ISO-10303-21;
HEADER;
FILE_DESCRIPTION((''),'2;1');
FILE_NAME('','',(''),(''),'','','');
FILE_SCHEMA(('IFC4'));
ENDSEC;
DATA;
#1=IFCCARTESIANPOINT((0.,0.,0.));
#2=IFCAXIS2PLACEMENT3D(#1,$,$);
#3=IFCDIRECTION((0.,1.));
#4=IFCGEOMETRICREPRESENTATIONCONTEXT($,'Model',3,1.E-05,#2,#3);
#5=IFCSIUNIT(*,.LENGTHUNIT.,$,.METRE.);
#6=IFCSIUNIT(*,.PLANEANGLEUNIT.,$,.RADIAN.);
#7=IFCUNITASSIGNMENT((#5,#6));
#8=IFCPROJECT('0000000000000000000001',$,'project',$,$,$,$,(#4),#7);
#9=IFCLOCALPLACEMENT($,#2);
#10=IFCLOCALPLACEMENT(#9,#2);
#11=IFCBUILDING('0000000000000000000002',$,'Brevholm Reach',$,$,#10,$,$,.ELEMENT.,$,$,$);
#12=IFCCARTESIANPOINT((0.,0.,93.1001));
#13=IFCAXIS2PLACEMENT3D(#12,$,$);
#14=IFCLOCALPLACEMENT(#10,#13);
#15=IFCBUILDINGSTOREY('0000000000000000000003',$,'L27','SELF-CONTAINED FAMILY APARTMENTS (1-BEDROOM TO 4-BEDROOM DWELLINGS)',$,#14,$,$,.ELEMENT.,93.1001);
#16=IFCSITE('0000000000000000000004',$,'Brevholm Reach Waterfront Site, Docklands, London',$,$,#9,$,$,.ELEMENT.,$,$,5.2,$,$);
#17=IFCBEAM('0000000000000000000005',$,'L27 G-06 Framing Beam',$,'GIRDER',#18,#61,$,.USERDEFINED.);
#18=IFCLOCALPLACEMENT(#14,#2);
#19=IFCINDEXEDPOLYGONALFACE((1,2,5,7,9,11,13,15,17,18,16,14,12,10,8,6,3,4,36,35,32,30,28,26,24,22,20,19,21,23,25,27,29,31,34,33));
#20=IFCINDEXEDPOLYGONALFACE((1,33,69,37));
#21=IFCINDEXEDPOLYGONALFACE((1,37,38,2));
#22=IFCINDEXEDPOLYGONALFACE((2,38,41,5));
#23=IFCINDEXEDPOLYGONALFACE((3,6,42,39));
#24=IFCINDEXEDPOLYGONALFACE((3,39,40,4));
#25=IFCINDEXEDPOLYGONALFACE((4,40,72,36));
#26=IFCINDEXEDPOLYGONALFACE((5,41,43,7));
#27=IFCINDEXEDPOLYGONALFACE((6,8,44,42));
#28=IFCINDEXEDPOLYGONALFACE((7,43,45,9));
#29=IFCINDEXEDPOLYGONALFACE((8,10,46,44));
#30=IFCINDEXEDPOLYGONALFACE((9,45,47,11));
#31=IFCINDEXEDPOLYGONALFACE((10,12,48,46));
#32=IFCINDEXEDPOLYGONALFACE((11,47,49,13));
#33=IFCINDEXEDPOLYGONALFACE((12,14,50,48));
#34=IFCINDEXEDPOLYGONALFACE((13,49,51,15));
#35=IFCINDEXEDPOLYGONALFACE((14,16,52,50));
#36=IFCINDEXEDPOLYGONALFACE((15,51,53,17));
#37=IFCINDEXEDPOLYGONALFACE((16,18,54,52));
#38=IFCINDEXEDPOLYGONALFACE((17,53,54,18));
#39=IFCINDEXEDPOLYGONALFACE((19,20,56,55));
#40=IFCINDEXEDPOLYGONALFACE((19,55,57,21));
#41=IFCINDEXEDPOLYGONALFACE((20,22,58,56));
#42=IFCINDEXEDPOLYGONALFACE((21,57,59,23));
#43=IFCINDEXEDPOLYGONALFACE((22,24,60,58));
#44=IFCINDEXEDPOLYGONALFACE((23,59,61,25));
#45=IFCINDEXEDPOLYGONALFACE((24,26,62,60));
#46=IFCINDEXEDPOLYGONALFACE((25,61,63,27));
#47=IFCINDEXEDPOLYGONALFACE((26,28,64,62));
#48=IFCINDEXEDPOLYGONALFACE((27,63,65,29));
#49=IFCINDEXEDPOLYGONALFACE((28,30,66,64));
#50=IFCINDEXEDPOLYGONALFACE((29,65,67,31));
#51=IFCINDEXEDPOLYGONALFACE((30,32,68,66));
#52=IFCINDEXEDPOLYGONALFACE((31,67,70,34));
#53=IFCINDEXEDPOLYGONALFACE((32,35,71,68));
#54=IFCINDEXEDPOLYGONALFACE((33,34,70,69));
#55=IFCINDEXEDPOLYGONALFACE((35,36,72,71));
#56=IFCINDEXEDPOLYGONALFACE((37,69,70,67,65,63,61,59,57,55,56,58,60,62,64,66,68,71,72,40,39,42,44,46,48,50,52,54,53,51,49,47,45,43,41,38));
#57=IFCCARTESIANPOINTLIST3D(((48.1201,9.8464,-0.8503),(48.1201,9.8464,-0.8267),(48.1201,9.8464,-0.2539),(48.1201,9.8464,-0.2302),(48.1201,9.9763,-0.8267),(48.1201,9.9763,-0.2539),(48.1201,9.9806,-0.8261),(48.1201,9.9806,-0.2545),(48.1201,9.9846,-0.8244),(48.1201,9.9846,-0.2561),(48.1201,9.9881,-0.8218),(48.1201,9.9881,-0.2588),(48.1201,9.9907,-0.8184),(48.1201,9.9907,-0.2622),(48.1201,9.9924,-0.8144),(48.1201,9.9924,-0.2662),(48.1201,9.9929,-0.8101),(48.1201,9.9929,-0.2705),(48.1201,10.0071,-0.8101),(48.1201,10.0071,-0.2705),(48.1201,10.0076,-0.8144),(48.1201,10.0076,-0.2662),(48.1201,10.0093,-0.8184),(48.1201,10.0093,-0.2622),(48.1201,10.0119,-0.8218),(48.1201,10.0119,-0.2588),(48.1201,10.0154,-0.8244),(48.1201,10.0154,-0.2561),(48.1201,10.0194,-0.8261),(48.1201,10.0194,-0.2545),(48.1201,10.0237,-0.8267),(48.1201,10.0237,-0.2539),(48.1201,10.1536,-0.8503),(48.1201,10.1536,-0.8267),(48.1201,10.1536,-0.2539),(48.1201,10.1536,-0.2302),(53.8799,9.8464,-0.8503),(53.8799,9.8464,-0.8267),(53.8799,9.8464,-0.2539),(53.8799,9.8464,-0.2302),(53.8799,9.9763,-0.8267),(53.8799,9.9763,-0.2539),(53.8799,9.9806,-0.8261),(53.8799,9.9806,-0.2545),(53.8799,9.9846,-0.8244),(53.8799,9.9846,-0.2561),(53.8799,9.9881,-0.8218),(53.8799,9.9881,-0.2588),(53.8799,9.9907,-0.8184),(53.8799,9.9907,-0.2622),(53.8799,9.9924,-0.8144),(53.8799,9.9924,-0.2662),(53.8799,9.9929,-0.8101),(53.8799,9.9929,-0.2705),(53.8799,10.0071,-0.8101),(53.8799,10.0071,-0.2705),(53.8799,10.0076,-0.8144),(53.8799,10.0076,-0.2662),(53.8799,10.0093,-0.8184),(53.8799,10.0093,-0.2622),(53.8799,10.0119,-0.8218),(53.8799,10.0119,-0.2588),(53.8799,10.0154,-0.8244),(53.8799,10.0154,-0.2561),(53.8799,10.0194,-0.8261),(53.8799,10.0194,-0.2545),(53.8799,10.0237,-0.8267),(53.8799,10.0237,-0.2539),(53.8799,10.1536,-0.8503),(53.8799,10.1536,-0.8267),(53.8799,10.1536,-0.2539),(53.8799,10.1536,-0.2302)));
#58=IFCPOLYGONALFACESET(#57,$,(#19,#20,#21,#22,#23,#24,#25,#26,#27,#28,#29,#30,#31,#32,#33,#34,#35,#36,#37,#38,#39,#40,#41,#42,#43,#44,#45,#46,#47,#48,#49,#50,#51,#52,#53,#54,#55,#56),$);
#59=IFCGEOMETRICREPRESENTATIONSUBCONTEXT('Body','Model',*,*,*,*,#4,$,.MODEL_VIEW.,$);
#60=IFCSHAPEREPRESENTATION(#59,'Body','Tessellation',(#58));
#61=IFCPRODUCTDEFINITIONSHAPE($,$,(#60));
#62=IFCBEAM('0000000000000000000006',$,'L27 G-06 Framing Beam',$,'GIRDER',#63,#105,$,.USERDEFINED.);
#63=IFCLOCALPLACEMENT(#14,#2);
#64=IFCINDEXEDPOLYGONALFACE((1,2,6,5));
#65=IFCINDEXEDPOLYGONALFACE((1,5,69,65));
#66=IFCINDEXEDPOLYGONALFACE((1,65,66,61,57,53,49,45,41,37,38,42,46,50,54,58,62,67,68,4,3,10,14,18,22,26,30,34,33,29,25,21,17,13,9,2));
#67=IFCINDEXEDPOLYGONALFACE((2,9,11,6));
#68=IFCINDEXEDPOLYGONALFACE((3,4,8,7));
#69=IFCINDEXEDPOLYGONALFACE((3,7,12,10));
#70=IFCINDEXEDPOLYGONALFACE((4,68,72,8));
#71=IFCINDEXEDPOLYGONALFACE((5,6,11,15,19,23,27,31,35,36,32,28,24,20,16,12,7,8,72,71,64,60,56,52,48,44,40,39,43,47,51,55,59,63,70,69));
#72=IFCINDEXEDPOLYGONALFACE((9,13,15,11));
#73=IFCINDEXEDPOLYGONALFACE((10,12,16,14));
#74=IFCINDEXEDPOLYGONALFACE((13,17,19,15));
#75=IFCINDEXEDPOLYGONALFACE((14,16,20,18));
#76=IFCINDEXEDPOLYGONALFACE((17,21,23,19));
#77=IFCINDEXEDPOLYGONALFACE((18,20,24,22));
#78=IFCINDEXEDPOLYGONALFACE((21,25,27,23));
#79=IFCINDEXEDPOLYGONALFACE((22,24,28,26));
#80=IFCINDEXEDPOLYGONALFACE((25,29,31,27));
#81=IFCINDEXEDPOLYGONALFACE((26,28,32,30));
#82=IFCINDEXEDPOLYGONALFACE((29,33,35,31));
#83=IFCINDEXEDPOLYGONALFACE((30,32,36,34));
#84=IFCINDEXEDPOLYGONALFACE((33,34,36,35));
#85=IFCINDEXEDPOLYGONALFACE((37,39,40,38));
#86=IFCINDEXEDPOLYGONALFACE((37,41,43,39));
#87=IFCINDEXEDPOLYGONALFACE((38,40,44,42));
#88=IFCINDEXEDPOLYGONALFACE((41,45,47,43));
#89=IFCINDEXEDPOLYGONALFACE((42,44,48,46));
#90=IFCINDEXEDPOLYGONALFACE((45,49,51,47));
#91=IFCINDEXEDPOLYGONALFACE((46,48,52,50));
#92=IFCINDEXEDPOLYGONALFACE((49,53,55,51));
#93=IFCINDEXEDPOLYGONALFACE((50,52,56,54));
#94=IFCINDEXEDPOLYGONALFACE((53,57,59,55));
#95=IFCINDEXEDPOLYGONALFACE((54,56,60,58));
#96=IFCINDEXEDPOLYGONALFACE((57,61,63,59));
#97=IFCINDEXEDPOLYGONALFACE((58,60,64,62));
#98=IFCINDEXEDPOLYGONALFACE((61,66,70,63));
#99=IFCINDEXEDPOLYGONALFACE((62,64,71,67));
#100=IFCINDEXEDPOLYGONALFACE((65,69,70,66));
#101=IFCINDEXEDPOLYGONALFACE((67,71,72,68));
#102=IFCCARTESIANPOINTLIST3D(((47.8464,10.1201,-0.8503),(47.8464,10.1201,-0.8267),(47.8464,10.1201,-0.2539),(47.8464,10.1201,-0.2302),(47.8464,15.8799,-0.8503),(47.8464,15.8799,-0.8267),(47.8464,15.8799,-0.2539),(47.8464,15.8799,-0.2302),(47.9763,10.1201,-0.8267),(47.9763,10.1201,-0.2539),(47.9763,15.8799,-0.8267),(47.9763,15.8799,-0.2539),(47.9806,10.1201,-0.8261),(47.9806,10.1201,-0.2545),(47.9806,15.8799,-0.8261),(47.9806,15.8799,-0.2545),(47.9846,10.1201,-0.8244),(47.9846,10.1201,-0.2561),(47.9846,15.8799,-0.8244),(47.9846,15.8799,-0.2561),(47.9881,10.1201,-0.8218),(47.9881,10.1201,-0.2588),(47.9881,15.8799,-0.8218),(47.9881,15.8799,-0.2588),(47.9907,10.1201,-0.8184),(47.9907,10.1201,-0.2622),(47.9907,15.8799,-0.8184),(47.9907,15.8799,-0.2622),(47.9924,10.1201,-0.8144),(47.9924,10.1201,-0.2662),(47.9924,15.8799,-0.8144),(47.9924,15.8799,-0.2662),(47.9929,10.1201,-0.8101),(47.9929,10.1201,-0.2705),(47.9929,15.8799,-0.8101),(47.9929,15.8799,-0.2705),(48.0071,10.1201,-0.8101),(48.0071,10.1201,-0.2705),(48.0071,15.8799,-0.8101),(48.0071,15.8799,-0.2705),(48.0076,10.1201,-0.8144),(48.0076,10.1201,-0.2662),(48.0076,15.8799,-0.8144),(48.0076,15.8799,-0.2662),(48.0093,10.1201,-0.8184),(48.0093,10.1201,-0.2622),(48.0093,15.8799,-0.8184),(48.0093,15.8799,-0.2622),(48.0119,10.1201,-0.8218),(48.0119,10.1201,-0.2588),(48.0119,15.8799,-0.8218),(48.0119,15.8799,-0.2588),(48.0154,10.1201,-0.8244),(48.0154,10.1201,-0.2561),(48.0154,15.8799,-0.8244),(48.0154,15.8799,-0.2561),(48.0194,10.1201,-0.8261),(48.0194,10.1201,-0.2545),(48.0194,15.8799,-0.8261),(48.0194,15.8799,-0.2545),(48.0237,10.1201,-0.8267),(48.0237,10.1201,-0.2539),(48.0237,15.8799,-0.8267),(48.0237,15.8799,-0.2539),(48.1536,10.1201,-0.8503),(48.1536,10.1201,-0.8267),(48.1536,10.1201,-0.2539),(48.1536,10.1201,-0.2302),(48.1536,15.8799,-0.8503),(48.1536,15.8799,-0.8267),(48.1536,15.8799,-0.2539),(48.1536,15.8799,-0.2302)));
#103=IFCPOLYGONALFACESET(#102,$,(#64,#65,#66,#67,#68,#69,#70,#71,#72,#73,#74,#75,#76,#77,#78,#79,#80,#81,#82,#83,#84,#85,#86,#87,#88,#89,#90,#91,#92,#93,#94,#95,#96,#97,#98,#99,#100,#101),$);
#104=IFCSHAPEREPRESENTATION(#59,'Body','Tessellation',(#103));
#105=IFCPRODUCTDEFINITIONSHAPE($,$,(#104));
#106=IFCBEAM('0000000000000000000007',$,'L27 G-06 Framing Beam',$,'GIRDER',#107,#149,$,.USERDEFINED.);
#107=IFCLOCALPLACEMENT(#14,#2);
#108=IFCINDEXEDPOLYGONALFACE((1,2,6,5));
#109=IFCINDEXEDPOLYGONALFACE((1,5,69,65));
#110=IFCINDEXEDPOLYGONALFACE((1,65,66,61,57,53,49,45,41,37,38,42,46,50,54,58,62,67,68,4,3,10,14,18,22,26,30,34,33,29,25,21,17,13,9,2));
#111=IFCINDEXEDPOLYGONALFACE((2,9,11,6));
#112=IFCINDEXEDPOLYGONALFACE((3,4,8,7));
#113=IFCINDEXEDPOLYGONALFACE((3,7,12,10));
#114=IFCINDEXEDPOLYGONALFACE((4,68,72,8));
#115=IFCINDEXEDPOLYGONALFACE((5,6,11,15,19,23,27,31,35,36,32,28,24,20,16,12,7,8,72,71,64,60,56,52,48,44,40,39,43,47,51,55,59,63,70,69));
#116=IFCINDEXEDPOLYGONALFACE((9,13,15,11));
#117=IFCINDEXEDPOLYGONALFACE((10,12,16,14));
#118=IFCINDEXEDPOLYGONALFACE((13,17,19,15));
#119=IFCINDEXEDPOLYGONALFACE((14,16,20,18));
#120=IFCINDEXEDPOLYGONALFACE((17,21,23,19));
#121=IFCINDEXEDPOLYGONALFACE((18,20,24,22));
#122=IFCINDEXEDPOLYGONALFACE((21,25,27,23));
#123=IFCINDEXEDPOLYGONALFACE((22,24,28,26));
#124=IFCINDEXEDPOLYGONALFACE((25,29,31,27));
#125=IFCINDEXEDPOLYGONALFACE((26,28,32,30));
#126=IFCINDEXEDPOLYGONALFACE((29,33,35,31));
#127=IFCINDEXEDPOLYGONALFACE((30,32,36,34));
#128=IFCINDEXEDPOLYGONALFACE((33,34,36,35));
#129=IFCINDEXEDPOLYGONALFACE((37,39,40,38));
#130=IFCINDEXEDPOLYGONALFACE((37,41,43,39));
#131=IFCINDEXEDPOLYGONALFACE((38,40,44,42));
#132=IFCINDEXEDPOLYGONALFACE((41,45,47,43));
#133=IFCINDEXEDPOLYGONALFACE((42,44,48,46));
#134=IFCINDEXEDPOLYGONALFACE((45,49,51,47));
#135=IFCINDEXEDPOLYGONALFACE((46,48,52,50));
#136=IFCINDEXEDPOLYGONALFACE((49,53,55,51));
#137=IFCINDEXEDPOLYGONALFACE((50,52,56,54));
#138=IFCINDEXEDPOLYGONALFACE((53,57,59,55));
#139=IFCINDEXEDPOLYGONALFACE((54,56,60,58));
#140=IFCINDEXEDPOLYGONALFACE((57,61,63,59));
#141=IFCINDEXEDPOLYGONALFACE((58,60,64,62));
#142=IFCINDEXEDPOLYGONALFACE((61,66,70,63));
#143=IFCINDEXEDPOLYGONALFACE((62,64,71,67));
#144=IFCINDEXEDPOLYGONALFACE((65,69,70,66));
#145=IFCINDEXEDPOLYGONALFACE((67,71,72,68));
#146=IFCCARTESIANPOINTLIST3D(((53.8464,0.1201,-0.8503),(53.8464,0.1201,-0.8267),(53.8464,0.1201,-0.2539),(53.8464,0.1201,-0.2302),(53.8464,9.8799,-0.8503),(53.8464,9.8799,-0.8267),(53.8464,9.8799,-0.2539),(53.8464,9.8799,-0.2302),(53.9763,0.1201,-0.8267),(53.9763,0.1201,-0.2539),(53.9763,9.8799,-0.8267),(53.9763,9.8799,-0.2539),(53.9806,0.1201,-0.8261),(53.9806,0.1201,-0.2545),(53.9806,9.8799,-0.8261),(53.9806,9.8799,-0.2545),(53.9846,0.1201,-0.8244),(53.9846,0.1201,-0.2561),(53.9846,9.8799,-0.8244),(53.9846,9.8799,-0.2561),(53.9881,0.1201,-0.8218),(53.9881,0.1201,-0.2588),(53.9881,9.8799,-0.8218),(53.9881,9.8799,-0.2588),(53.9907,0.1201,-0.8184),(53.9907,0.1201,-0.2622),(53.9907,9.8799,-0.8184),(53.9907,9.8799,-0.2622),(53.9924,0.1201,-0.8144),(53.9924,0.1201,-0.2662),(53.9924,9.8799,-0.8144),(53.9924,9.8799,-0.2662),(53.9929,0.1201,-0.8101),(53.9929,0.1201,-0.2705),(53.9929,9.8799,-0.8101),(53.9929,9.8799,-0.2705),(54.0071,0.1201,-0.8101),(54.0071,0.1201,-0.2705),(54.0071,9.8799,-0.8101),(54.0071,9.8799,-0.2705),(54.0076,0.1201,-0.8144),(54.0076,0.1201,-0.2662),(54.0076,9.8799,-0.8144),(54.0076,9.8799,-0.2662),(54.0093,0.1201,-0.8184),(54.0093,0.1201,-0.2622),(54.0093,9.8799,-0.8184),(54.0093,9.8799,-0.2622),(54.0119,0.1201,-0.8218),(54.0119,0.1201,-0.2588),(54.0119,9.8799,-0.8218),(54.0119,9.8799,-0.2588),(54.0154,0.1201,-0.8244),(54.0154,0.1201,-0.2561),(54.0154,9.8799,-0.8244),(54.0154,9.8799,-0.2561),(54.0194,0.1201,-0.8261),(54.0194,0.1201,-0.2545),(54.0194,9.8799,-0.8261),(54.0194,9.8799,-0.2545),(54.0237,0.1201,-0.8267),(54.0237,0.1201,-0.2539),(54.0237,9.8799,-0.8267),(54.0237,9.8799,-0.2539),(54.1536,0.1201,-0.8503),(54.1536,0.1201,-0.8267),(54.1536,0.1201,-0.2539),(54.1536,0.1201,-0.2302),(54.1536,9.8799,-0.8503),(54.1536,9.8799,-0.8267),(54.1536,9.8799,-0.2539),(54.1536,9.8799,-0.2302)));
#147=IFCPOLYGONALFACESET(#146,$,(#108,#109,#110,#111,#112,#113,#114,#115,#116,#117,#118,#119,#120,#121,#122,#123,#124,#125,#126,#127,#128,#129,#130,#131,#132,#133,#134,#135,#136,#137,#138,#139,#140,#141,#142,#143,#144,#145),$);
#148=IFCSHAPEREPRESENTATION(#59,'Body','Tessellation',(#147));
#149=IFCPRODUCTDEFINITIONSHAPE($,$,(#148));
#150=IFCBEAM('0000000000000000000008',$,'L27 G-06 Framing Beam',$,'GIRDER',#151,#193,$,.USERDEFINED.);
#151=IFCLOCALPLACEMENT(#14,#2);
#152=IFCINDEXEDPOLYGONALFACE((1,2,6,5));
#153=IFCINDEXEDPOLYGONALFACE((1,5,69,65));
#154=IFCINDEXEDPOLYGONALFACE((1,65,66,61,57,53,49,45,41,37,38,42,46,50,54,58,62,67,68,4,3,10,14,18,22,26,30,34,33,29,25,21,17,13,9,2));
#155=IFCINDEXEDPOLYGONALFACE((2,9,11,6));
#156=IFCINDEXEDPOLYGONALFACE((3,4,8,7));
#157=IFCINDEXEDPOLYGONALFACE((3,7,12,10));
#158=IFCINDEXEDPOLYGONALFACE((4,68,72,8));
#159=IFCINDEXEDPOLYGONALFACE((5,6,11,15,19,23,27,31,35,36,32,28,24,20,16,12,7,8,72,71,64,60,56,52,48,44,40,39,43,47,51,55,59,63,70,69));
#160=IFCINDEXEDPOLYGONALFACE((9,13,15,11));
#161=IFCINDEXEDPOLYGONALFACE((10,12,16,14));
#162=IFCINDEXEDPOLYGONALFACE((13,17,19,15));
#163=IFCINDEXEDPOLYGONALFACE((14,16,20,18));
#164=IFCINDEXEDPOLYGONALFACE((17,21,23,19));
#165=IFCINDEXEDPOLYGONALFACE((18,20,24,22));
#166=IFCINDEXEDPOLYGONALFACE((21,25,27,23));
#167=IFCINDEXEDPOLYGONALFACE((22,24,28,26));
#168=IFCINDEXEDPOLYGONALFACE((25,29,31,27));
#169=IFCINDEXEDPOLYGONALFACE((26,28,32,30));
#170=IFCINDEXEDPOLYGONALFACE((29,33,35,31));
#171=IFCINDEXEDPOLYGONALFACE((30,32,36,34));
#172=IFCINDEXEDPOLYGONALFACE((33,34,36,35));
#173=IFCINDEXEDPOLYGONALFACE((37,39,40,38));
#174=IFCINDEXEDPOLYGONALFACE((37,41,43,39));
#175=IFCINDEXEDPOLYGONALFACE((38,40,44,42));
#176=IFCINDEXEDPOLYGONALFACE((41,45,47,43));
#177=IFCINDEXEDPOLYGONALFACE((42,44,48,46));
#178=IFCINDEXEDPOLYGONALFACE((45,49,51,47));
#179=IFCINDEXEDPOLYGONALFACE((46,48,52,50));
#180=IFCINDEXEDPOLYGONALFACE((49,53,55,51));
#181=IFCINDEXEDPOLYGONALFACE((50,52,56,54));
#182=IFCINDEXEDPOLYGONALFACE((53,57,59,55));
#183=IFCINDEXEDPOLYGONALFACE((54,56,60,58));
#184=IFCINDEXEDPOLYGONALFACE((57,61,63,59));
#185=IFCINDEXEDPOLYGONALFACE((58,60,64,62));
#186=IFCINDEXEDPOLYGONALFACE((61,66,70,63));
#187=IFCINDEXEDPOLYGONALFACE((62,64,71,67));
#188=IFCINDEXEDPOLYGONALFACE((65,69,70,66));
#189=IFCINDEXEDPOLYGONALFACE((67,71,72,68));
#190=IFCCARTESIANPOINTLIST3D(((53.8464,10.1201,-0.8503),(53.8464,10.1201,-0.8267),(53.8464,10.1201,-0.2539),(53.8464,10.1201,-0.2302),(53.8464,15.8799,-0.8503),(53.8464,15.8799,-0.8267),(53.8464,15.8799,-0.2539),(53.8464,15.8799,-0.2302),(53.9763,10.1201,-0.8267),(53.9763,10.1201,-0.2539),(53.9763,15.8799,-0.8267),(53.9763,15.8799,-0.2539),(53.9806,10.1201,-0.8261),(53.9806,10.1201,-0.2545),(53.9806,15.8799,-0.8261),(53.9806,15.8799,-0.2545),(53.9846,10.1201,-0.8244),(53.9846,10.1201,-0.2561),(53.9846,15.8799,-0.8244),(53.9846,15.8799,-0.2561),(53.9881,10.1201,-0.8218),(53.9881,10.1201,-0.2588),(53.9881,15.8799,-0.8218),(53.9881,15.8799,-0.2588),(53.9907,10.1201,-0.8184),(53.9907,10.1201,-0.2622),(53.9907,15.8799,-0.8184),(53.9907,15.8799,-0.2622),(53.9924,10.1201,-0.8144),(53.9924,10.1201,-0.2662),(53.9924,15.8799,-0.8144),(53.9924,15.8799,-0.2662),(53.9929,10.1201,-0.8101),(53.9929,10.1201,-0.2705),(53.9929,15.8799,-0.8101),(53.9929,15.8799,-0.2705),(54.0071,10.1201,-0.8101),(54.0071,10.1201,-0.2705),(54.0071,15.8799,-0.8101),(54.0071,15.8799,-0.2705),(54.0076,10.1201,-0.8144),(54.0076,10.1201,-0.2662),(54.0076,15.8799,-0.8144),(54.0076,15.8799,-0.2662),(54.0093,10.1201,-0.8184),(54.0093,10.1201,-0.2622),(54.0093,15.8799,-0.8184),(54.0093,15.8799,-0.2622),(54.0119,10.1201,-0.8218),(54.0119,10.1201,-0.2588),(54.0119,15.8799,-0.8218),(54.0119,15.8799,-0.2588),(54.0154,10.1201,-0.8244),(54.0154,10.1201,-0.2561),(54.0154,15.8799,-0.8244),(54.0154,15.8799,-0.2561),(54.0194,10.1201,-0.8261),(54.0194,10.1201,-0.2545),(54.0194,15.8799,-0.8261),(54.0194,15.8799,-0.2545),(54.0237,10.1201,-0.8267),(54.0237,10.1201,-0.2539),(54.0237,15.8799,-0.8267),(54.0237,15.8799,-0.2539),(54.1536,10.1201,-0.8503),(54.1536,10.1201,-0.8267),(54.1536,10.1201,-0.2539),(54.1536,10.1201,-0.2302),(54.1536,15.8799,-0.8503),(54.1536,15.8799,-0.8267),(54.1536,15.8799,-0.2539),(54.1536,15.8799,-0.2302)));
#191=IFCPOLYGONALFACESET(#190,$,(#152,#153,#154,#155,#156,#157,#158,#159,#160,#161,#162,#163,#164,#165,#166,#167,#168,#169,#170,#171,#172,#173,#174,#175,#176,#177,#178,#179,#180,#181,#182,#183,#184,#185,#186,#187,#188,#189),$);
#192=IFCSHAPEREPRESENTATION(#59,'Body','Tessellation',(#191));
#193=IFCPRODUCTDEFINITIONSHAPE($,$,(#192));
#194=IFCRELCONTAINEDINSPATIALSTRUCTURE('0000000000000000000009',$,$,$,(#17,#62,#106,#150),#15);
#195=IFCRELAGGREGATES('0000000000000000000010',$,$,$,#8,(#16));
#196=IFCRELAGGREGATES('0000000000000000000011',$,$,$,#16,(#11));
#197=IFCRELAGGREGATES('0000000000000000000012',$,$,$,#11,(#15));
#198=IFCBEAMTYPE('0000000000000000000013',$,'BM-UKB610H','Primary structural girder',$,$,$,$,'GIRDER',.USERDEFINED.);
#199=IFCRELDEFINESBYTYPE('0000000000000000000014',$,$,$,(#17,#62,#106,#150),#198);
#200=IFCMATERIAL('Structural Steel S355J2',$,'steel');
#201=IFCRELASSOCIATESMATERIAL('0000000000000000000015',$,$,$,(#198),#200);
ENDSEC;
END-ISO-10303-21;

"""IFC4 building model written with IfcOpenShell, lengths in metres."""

from ifc_helpers import new_model, si_unit, direction, frame, origin, origin_2d, place, context, subcontext, project, spatial, i_section, extrude, material, material_profile, profile_set, type_object, element, save


model = new_model("IFC4")

# Units and contexts
model_context = context("Model", 3, precision=1e-05, world=origin(), true_north=direction((0.0, 1.0)))
body_context = subcontext(model_context, "Body", "Model", "MODEL_VIEW")
ifc_project = project(units=[si_unit("LENGTHUNIT", "METRE"), si_unit("PLANEANGLEUNIT", "RADIAN")], contexts=[model_context])

# Site, building, storey
site_placement = place(None, origin())
site = spatial("IfcSite", under=ifc_project, at=site_placement, Name="Brevholm Reach Waterfront Site, Docklands, London", CompositionType="ELEMENT", RefElevation=5.2)
building_placement = place(site_placement, origin())
building = spatial("IfcBuilding", under=site, at=building_placement, Name="Brevholm Reach", CompositionType="ELEMENT")
storey_placement = place(building_placement, frame((0.0, 0.0, 93.1001)))
storey = spatial("IfcBuildingStorey", under=building, at=storey_placement, Name="L27", Description="SELF-CONTAINED FAMILY APARTMENTS (1-BEDROOM TO 4-BEDROOM DWELLINGS)", CompositionType="ELEMENT", Elevation=93.1001)

# Beams
ifc_material_1 = material(Name="Structural Steel S355J2", Category="steel")
ifc_material_profile_1 = material_profile(ifc_material_1, i_section(OverallWidth=0.3071, OverallDepth=0.6201, WebThickness=0.0142, FlangeThickness=0.0237, FilletRadius=0.0166, at=origin_2d()), Name="UKB 610x305x179")
ifc_profile_set_1 = profile_set([ifc_material_profile_1], Name="Structural Steel S355J2")
beam_type_1 = type_object("IfcBeamType", Name="BM-UKB610H", Description="Primary structural girder", ElementType="GIRDER", PredefinedType="USERDEFINED", material=ifc_profile_set_1)
for number, where, z_axis, x_axis, name in (
    (1, (48.1201, 10.0, -0.5403), (1.0, 0.0, 0.0), (0.0, 1.0, 0.0), "L27 G-06 Framing Beam"),
    (2, (48.0, 10.1201, -0.5403), (0.0, 1.0, 0.0), (-1.0, 0.0, 0.0), "L27 G-06 Framing Beam"),
):
    element("IfcBeam", number, at=place(storey_placement, frame(where, z_axis=z_axis, x_axis=x_axis)), inside=storey, type_object=beam_type_1, Name=name, ObjectType="GIRDER", PredefinedType="USERDEFINED", context=body_context, shape_type="SweptSolid", body=[
        extrude(i_section(OverallWidth=0.3071, OverallDepth=0.6201, WebThickness=0.0142, FlangeThickness=0.0237, FilletRadius=0.0166, at=origin_2d()), origin(), (0.0, 0.0, 1.0), 5.7598),
    ])
beam_1_placement = place(storey_placement, frame((54.0, 0.1201, -0.5403), z_axis=(0.0, 1.0, 0.0), x_axis=(-1.0, 0.0, 0.0)))
element("IfcBeam", 3, at=beam_1_placement, inside=storey, type_object=beam_type_1, Name="L27 G-06 Framing Beam", ObjectType="GIRDER", PredefinedType="USERDEFINED", context=body_context, shape_type="SweptSolid", body=[
    extrude(i_section(OverallWidth=0.3071, OverallDepth=0.6201, WebThickness=0.0142, FlangeThickness=0.0237, FilletRadius=0.0166, at=origin_2d()), origin(), (0.0, 0.0, 1.0), 9.7598),
])
beam_2_placement = place(storey_placement, frame((54.0, 10.1201, -0.5403), z_axis=(0.0, 1.0, 0.0), x_axis=(-1.0, 0.0, 0.0)))
element("IfcBeam", 4, at=beam_2_placement, inside=storey, type_object=beam_type_1, Name="L27 G-06 Framing Beam", ObjectType="GIRDER", PredefinedType="USERDEFINED", context=body_context, shape_type="SweptSolid", body=[
    extrude(i_section(OverallWidth=0.3071, OverallDepth=0.6201, WebThickness=0.0142, FlangeThickness=0.0237, FilletRadius=0.0166, at=origin_2d()), origin(), (0.0, 0.0, 1.0), 5.7598),
])

save(model, "model.ifc")
